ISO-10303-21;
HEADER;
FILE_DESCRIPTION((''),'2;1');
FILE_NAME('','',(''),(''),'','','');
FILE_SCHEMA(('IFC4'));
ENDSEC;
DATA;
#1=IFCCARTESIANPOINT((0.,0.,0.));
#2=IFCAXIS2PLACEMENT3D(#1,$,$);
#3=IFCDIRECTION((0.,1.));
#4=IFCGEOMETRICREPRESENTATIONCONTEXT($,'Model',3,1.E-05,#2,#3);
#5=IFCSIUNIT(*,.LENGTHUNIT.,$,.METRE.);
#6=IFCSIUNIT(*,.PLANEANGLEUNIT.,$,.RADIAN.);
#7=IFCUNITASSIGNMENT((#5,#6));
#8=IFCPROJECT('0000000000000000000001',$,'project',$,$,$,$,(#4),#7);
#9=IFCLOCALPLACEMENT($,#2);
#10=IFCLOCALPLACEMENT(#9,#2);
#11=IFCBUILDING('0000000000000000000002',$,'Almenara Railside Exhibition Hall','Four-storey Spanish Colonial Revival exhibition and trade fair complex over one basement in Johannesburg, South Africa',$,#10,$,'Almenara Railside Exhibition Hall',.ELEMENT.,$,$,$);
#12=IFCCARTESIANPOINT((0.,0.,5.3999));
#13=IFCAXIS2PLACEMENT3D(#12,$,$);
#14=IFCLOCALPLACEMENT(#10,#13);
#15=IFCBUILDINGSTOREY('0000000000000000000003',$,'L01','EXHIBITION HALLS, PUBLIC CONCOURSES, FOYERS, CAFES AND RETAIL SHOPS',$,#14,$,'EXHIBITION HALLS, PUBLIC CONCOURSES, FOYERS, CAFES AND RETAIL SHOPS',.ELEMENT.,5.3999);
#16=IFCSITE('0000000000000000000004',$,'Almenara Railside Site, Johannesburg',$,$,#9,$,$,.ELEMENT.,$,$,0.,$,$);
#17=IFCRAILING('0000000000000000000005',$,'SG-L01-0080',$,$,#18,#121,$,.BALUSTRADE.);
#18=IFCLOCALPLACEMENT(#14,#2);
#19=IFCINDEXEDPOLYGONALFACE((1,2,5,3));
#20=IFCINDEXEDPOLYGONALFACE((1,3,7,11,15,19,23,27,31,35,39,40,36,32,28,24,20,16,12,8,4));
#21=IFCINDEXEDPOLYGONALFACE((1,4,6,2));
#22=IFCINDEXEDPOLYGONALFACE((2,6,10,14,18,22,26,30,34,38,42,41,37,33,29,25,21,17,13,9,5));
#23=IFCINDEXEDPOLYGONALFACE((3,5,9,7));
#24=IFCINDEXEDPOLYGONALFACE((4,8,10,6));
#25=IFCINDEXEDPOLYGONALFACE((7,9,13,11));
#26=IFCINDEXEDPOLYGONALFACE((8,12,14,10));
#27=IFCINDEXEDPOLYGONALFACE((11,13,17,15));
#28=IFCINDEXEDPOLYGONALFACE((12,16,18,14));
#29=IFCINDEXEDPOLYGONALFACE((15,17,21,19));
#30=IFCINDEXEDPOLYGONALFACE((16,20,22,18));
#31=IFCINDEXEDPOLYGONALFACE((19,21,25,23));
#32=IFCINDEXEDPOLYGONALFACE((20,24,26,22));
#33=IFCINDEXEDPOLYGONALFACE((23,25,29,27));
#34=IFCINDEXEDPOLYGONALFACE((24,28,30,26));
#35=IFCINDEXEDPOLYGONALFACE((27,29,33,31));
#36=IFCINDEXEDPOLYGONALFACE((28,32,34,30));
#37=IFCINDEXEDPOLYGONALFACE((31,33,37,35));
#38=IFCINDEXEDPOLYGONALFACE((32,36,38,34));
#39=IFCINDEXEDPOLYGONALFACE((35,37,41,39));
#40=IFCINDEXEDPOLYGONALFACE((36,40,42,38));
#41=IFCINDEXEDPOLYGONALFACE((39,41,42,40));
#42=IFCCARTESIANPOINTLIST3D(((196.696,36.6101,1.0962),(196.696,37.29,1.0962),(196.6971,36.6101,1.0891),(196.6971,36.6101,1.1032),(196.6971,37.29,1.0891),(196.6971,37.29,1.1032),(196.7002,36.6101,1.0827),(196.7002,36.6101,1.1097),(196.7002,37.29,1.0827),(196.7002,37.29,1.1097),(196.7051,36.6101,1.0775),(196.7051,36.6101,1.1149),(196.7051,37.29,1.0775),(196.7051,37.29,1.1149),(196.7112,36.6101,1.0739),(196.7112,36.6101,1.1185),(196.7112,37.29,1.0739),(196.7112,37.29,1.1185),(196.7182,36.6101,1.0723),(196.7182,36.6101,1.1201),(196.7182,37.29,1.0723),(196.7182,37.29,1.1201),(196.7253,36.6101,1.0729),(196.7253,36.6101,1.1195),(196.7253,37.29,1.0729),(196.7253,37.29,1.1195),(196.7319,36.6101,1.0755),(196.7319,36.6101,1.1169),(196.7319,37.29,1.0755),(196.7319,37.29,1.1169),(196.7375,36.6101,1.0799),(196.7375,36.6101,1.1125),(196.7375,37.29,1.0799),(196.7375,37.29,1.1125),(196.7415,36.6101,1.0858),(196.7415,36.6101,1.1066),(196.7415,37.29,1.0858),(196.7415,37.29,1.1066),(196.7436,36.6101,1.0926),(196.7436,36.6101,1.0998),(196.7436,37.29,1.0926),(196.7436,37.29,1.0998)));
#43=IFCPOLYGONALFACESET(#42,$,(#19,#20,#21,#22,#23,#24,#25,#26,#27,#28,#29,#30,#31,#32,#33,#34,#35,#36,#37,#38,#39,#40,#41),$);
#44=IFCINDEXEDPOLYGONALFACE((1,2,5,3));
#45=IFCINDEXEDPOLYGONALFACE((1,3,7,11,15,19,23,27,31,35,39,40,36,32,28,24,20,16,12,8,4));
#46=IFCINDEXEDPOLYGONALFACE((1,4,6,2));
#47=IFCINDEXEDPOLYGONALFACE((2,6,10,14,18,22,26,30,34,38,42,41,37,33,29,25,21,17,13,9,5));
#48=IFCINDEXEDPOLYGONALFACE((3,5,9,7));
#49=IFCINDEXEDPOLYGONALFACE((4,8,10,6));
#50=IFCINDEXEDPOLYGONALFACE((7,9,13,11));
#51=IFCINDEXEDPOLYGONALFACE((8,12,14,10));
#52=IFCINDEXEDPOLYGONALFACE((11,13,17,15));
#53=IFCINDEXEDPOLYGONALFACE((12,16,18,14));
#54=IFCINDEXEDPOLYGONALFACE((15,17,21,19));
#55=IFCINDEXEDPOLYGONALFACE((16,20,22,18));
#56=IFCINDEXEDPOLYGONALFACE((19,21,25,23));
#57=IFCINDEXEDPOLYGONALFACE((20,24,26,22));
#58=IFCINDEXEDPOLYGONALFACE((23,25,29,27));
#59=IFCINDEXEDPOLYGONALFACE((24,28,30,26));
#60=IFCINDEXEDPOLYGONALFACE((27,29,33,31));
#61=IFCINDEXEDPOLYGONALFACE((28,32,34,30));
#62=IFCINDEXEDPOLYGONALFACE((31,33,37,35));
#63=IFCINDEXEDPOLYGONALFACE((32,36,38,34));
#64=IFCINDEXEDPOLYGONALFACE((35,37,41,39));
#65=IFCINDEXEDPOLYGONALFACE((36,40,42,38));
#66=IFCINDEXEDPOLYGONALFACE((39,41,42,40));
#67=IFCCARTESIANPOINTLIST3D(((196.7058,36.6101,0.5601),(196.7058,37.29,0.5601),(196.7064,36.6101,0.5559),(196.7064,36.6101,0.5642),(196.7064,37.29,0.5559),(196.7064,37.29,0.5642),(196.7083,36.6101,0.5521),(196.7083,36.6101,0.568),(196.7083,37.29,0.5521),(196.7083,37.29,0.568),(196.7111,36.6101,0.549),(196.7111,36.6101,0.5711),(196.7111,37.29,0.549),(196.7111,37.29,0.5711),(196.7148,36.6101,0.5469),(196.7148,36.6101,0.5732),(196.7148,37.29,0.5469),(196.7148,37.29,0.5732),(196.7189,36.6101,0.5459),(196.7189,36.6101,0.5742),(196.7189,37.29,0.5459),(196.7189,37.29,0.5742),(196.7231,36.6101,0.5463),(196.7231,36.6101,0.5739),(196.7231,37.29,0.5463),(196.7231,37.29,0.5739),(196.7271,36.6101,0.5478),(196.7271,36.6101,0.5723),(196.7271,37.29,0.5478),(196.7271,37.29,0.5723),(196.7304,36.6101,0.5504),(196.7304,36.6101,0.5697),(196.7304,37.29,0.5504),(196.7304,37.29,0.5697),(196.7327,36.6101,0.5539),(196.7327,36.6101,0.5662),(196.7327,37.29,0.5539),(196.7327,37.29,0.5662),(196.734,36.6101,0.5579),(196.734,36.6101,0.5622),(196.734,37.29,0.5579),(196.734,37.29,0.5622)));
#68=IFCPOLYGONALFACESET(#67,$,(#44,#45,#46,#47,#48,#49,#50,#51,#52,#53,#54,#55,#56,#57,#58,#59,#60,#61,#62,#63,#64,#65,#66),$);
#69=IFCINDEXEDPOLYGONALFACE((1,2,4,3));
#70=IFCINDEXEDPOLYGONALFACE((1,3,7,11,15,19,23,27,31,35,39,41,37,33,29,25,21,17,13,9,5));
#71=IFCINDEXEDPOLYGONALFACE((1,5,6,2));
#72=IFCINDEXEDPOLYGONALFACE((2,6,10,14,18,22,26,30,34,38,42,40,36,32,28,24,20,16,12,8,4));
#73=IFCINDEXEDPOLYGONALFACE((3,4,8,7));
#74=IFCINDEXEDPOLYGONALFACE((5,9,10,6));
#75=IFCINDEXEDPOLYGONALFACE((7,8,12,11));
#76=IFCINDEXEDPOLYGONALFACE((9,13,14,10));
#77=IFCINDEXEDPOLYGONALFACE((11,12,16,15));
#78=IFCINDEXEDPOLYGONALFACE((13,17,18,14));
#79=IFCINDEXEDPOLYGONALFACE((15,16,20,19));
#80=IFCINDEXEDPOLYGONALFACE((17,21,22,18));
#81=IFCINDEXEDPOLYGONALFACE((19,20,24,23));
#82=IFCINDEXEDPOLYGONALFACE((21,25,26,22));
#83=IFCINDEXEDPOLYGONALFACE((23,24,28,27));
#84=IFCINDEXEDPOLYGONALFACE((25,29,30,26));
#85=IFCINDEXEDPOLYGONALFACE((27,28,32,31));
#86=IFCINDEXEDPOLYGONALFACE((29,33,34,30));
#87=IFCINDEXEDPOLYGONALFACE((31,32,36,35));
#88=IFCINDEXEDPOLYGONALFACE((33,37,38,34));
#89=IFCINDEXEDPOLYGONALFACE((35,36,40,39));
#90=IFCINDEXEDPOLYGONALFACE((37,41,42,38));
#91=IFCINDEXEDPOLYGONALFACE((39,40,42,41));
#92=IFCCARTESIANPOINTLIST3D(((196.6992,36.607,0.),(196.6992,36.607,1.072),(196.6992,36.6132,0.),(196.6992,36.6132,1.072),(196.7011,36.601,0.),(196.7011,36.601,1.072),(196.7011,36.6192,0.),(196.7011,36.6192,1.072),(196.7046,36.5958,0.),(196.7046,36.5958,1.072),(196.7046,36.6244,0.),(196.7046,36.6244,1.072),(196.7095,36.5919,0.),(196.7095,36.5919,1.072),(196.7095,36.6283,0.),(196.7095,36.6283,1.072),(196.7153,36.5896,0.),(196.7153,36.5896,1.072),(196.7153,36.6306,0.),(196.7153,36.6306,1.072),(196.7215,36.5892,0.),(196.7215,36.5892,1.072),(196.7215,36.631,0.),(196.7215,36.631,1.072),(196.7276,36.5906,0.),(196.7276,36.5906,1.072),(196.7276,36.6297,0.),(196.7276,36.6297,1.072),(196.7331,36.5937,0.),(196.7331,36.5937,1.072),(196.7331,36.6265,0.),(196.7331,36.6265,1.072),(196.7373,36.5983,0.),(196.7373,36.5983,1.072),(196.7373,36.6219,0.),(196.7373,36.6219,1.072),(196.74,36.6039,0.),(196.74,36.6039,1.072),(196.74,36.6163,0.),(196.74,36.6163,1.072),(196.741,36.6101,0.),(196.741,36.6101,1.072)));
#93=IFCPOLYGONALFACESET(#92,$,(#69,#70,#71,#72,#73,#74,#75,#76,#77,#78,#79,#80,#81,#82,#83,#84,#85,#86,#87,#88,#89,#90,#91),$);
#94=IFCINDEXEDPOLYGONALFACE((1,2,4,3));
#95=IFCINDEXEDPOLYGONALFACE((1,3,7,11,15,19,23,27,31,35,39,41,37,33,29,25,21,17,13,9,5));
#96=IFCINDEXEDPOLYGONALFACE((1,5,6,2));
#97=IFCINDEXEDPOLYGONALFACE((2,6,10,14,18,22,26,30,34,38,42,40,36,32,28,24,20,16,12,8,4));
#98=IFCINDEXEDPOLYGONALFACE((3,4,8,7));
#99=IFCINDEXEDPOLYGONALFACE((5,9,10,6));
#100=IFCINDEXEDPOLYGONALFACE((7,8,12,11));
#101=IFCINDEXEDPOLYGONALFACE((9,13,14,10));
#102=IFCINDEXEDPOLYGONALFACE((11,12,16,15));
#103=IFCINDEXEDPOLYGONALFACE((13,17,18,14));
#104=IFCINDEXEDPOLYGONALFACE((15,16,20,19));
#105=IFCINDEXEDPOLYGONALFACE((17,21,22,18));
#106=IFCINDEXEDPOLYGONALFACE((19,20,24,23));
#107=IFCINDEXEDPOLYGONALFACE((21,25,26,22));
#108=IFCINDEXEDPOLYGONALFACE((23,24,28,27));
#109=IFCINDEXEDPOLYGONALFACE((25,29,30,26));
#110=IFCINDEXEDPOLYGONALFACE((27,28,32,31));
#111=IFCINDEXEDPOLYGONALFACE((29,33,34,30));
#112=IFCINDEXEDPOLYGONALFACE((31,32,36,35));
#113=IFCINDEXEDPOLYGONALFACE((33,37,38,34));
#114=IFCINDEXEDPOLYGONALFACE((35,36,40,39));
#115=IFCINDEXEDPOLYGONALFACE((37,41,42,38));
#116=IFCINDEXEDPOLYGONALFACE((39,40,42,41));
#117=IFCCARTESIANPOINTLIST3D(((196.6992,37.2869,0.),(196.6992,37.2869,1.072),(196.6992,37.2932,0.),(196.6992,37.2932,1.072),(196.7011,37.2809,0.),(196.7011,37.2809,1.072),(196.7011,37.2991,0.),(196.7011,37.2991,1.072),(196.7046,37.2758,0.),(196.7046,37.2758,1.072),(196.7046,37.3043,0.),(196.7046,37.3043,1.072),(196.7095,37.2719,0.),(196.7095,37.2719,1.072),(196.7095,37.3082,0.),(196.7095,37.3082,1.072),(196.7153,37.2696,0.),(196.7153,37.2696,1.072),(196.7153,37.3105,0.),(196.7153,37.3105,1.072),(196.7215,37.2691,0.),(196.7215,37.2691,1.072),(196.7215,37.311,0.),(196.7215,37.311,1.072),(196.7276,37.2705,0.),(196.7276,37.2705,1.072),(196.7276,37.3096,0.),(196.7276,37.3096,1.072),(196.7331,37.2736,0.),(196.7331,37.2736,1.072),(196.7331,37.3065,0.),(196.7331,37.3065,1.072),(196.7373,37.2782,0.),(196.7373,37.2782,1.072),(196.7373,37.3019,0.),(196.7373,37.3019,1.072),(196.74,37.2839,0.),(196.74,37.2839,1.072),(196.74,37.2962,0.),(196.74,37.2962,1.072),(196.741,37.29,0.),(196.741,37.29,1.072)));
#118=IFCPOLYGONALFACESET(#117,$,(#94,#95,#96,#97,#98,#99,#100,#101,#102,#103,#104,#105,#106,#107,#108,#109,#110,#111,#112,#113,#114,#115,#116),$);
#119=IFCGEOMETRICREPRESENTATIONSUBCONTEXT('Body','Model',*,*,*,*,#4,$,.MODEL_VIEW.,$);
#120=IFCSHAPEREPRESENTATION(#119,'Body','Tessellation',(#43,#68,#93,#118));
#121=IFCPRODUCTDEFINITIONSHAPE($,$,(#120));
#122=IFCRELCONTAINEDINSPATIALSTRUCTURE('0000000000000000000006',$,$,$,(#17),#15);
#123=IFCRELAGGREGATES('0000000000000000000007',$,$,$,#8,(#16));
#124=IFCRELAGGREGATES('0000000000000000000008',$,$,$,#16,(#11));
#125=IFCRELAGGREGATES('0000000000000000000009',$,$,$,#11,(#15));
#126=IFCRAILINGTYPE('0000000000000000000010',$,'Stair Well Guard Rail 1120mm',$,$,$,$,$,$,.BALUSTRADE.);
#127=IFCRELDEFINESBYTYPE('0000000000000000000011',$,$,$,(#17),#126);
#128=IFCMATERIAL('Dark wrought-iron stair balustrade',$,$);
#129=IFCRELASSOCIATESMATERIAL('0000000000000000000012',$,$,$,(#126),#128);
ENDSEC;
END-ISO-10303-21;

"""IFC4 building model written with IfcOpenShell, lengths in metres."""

from ifc_helpers import new_model, si_unit, direction, frame, origin, origin_2d, place, context, subcontext, project, spatial, circle, extrude, material, type_object, element, save


model = new_model("IFC4")

# Units and contexts
model_context = context("Model", 3, precision=1e-05, world=origin(), true_north=direction((0.0, 1.0)))
body_context = subcontext(model_context, "Body", "Model", "MODEL_VIEW")
ifc_project = project(units=[si_unit("LENGTHUNIT", "METRE"), si_unit("PLANEANGLEUNIT", "RADIAN")], contexts=[model_context])

# Site, building, storey
site_placement = place(None, origin())
site = spatial("IfcSite", under=ifc_project, at=site_placement, Name="Almenara Railside Site, Johannesburg", CompositionType="ELEMENT", RefElevation=0.0)
building_placement = place(site_placement, origin())
building = spatial("IfcBuilding", under=site, at=building_placement, Name="Almenara Railside Exhibition Hall", Description="Four-storey Spanish Colonial Revival exhibition and trade fair complex over one basement in Johannesburg, South Africa", LongName="Almenara Railside Exhibition Hall", CompositionType="ELEMENT")
storey_placement = place(building_placement, frame((0.0, 0.0, 5.3999)))
storey = spatial("IfcBuildingStorey", under=building, at=storey_placement, Name="L01", Description="EXHIBITION HALLS, PUBLIC CONCOURSES, FOYERS, CAFES AND RETAIL SHOPS", LongName="EXHIBITION HALLS, PUBLIC CONCOURSES, FOYERS, CAFES AND RETAIL SHOPS", CompositionType="ELEMENT", Elevation=5.3999)

# Railing
ifc_material_1 = material(Name="Dark wrought-iron stair balustrade")
railing_type_1 = type_object("IfcRailingType", Name="Stair Well Guard Rail 1120mm", PredefinedType="BALUSTRADE", material=ifc_material_1)
railing_1_placement = place(storey_placement, frame((196.72, 36.6101, 0.0)))
element("IfcRailing", 1, at=railing_1_placement, inside=storey, type_object=railing_type_1, Name="SG-L01-0080", PredefinedType="BALUSTRADE", context=body_context, shape_type="SweptSolid", body=[
    extrude(circle(Radius=0.0239, at=origin_2d()), frame((0.0, 0.0, 1.0962), z_axis=(0.0, 1.0, 0.0), x_axis=(-1.0, 0.0, 0.0)), (0.0, 0.0, 1.0), 0.6799),
    extrude(circle(Radius=0.0142, at=origin_2d()), frame((0.0, 0.0, 0.5601), z_axis=(0.0, 1.0, 0.0), x_axis=(-1.0, 0.0, 0.0)), (0.0, 0.0, 1.0), 0.6799),
    extrude(circle(Radius=0.021, at=origin_2d()), origin(), (0.0, 0.0, 1.0), 1.072),
    extrude(circle(Radius=0.021, at=origin_2d()), frame((0.0, 0.6799, 0.0)), (0.0, 0.0, 1.0), 1.072),
])

save(model, "model.ifc")
